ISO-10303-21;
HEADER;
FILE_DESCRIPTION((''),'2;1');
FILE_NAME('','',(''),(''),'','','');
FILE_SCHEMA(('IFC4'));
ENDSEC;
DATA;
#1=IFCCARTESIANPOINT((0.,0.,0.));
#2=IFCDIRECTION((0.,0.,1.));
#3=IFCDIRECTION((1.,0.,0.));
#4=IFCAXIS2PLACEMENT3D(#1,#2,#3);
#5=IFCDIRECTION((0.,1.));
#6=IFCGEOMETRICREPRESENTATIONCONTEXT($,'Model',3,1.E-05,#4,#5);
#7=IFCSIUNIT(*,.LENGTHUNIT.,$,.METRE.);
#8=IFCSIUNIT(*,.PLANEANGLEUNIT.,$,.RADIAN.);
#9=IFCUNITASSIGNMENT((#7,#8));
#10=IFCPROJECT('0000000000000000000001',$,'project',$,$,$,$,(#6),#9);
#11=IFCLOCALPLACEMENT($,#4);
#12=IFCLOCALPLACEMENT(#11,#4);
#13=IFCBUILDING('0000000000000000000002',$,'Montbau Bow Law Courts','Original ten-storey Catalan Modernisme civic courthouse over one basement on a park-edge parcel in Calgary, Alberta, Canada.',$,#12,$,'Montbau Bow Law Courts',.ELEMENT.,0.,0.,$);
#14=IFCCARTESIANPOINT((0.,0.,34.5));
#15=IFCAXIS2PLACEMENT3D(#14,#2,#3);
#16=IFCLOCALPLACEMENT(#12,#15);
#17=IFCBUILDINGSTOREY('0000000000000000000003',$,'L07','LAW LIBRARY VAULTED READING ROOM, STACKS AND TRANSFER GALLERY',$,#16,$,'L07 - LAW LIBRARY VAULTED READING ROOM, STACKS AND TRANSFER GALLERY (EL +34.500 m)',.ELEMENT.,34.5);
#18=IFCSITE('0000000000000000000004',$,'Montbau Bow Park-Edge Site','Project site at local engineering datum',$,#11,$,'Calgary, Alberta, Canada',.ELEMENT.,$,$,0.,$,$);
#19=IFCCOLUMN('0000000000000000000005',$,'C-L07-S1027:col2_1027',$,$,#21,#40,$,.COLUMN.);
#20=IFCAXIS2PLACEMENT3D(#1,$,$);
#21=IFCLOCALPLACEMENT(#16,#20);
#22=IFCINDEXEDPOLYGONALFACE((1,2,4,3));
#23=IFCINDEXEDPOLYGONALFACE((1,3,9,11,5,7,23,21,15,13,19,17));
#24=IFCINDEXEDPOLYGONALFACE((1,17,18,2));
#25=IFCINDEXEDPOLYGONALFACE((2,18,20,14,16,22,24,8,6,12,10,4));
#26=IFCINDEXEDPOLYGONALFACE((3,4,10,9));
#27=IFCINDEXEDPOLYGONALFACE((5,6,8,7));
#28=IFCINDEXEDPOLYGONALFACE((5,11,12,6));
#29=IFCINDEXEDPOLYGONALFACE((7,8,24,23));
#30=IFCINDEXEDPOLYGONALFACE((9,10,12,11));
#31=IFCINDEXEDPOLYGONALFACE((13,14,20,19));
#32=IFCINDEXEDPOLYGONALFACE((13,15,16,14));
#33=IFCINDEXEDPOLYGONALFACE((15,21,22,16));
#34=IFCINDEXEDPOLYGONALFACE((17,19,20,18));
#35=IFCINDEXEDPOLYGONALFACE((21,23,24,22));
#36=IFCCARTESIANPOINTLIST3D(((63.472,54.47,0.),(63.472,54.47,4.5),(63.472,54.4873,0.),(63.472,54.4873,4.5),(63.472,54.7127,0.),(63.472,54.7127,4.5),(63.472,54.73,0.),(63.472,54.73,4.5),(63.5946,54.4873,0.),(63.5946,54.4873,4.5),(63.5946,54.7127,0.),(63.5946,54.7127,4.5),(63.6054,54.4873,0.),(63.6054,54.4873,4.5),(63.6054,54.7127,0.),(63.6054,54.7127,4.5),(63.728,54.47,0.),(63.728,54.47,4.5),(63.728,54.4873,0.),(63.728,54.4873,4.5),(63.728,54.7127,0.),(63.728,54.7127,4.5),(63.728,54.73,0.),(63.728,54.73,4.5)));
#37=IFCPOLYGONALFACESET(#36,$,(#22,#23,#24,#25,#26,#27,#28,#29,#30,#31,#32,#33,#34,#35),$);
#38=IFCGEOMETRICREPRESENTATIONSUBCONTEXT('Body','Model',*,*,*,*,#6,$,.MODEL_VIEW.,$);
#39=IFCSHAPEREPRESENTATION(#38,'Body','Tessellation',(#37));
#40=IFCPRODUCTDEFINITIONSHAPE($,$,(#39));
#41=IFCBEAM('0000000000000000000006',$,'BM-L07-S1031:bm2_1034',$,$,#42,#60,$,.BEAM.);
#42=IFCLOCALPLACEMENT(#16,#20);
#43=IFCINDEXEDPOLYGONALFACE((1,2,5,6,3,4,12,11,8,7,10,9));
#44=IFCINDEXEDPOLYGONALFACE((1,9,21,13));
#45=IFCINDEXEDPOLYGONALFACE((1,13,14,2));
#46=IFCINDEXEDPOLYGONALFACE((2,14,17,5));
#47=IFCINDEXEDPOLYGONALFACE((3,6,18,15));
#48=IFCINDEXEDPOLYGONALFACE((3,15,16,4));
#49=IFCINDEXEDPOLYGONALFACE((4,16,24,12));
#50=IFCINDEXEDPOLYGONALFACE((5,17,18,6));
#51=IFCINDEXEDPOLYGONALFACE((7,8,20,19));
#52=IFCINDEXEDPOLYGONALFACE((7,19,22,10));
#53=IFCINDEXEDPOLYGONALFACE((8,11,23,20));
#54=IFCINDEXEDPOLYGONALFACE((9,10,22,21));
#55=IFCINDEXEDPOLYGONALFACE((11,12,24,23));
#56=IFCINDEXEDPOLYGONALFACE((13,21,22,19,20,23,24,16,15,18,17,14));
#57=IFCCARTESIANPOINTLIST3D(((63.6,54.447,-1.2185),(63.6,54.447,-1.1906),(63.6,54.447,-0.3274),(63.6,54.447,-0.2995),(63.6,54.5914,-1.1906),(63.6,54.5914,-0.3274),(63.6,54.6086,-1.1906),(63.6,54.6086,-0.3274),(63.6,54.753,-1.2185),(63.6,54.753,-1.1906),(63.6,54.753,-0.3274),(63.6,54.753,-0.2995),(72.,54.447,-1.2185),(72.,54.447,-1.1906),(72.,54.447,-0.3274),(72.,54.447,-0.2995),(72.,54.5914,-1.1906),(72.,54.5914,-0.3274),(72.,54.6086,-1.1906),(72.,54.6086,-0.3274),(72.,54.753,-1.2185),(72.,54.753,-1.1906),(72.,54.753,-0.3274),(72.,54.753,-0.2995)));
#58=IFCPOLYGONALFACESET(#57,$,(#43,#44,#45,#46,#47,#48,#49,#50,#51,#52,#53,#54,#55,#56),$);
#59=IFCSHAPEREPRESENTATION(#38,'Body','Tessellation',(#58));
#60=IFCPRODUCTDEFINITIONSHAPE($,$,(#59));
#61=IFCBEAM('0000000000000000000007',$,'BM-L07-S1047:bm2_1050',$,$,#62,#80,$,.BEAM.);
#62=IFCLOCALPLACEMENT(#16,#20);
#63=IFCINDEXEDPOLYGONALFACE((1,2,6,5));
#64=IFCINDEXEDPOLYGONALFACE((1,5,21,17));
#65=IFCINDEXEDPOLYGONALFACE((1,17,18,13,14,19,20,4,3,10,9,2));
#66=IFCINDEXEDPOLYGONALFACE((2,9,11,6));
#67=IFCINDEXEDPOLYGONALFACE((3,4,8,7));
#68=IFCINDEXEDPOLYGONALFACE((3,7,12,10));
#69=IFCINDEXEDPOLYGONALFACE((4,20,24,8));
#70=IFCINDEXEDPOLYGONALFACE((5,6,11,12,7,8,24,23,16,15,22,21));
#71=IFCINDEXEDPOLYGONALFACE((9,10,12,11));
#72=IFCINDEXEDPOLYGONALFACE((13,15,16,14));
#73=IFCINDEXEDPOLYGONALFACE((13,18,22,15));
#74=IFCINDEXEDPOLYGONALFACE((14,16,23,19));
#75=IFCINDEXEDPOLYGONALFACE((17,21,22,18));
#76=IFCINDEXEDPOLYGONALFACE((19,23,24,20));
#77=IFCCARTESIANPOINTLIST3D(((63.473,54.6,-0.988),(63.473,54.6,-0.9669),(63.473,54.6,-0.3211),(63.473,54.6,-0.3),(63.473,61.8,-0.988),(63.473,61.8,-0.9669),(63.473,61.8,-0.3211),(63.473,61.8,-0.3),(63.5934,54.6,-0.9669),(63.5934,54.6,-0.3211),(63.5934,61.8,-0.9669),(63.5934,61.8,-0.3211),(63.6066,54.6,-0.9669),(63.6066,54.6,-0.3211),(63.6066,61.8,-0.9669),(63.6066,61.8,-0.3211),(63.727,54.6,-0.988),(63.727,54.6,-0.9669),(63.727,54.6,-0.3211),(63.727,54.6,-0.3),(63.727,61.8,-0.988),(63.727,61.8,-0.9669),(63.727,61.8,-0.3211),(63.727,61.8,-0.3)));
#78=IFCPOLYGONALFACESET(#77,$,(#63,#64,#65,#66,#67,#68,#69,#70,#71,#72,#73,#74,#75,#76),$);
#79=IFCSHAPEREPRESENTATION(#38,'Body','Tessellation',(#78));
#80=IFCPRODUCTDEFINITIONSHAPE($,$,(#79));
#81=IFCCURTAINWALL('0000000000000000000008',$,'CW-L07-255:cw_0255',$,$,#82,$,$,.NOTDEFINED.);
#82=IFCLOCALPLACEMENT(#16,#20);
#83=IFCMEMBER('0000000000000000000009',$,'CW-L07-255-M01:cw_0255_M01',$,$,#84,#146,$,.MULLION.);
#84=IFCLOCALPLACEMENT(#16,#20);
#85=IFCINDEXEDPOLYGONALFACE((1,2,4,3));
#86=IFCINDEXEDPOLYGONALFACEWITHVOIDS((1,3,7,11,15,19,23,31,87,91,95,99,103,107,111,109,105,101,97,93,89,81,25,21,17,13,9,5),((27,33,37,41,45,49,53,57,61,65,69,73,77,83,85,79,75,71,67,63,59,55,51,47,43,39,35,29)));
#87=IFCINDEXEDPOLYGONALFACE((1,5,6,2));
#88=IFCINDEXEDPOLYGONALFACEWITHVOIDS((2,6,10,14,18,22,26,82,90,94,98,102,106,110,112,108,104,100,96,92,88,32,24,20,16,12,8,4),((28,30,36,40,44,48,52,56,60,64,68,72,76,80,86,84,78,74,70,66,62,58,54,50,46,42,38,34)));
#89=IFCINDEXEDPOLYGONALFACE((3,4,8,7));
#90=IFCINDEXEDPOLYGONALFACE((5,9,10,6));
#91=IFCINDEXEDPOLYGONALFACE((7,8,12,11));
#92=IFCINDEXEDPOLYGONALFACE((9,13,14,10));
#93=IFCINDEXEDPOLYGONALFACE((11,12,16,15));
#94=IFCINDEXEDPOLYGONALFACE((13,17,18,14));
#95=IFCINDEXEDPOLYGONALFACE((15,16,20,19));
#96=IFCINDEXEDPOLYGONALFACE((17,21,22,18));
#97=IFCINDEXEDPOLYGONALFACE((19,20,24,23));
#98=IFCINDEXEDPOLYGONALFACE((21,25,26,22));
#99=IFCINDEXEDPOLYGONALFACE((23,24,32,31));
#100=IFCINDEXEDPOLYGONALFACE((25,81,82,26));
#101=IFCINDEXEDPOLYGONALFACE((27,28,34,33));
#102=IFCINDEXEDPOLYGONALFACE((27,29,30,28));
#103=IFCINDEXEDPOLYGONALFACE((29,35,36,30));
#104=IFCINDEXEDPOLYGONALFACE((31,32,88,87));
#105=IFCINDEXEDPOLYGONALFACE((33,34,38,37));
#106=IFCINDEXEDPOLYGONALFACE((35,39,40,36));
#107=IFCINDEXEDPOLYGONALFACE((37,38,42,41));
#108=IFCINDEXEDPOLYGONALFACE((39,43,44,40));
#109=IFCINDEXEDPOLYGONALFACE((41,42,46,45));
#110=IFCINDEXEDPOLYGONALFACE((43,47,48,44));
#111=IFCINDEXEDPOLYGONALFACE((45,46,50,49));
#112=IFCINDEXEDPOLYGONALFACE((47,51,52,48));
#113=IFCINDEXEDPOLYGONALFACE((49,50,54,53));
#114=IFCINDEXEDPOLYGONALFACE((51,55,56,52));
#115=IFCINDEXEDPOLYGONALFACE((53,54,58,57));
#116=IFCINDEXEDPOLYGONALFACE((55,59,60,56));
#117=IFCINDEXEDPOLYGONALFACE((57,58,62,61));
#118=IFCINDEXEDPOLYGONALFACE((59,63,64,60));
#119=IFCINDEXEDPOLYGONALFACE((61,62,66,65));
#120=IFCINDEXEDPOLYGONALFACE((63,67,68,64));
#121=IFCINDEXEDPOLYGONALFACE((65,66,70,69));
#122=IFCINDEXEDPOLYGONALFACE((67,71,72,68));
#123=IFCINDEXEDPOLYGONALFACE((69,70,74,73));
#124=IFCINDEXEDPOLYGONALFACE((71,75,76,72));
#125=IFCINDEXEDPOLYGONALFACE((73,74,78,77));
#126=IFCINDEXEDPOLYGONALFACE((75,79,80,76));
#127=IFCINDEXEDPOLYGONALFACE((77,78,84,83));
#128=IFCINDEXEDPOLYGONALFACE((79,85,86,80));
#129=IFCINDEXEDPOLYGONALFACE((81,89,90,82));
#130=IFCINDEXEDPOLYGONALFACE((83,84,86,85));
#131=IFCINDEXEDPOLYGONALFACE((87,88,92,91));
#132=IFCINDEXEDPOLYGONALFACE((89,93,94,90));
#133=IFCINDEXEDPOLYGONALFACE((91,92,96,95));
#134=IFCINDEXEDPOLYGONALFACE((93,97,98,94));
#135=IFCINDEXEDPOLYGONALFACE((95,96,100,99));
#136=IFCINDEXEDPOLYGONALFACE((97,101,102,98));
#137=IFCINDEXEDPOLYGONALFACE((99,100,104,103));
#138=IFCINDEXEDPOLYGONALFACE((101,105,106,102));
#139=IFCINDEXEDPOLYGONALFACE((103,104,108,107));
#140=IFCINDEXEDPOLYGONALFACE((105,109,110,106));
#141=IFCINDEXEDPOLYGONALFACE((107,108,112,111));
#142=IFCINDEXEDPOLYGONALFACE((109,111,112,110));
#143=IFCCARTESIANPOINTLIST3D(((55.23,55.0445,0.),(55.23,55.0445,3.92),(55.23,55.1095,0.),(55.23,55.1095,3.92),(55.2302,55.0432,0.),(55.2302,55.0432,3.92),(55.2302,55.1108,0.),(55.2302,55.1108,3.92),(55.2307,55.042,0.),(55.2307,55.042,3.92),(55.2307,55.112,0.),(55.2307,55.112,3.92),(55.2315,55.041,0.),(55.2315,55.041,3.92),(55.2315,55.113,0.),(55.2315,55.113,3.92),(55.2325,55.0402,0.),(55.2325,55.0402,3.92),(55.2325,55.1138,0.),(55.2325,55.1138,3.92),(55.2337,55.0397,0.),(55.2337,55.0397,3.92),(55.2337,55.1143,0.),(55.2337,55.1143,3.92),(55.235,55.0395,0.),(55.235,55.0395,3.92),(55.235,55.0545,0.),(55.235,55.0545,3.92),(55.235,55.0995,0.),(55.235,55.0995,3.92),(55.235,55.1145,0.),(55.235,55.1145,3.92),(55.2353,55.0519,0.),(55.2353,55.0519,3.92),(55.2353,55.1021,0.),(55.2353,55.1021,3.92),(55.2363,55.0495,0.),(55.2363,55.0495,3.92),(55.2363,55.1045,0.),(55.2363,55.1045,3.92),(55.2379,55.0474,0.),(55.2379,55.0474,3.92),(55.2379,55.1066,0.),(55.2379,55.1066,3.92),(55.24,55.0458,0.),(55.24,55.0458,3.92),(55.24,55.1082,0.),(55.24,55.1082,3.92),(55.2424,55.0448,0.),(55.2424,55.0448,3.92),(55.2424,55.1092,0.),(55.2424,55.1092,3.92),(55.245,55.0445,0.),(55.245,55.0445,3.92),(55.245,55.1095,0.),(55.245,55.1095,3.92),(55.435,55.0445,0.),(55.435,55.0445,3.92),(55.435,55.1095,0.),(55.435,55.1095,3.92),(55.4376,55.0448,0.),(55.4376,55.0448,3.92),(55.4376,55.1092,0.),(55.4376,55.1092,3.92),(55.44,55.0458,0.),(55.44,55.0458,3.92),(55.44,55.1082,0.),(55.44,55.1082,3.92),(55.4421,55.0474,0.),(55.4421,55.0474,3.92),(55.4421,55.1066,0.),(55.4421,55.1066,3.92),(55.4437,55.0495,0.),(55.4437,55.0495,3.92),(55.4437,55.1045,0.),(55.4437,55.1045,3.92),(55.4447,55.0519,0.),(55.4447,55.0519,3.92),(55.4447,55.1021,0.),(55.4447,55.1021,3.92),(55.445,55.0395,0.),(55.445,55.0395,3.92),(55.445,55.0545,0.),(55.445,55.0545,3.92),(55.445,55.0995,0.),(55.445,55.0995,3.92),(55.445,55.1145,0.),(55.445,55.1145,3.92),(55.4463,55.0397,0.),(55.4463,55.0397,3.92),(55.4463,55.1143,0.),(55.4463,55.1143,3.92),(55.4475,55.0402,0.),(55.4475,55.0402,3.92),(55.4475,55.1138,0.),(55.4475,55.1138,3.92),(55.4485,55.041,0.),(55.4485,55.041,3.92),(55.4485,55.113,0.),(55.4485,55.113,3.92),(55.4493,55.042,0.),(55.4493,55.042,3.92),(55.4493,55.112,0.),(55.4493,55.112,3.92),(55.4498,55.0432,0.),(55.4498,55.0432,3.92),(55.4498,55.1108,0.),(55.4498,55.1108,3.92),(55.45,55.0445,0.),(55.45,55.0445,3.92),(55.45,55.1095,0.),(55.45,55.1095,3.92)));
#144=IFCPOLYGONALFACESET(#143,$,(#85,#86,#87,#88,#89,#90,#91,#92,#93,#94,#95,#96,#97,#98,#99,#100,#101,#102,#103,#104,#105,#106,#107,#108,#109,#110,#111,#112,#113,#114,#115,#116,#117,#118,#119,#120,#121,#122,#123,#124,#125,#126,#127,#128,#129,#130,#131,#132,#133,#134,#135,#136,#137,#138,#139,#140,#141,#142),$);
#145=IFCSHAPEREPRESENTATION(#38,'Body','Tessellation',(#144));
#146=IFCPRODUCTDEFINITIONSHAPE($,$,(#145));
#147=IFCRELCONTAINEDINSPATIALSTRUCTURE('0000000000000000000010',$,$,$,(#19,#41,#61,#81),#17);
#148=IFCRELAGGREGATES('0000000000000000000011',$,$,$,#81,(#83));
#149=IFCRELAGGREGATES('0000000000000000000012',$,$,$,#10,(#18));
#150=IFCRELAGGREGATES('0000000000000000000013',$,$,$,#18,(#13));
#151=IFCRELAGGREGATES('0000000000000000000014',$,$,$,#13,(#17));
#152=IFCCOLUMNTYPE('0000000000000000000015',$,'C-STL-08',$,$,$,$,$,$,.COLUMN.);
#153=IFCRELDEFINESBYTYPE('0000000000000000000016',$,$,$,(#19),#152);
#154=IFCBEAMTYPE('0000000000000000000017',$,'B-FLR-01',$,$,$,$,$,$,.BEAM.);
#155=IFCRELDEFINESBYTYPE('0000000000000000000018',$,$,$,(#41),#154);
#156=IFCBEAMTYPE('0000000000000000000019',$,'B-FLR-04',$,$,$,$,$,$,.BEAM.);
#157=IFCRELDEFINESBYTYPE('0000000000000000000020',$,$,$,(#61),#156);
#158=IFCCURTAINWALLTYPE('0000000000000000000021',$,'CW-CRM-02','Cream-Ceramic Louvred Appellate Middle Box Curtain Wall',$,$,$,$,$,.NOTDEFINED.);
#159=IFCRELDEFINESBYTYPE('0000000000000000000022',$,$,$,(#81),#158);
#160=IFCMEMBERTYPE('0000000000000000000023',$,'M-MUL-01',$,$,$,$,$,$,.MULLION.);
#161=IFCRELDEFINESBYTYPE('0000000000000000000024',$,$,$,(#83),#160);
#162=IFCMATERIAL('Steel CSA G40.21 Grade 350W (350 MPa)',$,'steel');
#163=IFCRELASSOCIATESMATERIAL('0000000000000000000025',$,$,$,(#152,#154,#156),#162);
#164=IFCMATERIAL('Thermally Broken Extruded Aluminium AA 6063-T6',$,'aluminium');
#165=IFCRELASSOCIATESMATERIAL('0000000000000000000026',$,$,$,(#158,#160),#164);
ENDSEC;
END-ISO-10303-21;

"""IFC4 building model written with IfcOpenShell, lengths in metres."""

from ifc_helpers import new_model, si_unit, direction, frame, origin_with_axes, origin_2d_with_axis, place, context, subcontext, project, spatial, hollow_rectangle, i_section, extrude, material, material_profile, profile_set, type_object, element, aggregate, save


model = new_model("IFC4")

# Units and contexts
model_context = context("Model", 3, precision=1e-05, world=origin_with_axes(), true_north=direction((0.0, 1.0)))
body_context = subcontext(model_context, "Body", "Model", "MODEL_VIEW")
ifc_project = project(units=[si_unit("LENGTHUNIT", "METRE"), si_unit("PLANEANGLEUNIT", "RADIAN")], contexts=[model_context])

# Site, building, storey
site_placement = place(None, origin_with_axes())
site = spatial("IfcSite", under=ifc_project, at=site_placement, Name="Montbau Bow Park-Edge Site", Description="Project site at local engineering datum", LongName="Calgary, Alberta, Canada", CompositionType="ELEMENT", RefElevation=0.0)
building_placement = place(site_placement, origin_with_axes())
building = spatial("IfcBuilding", under=site, at=building_placement, Name="Montbau Bow Law Courts", Description="Original ten-storey Catalan Modernisme civic courthouse over one basement on a park-edge parcel in Calgary, Alberta, Canada.", LongName="Montbau Bow Law Courts", CompositionType="ELEMENT", ElevationOfRefHeight=0.0, ElevationOfTerrain=0.0)
storey_placement = place(building_placement, frame((0.0, 0.0, 34.5), z_axis=(0.0, 0.0, 1.0), x_axis=(1.0, 0.0, 0.0)))
storey = spatial("IfcBuildingStorey", under=building, at=storey_placement, Name="L07", Description="LAW LIBRARY VAULTED READING ROOM, STACKS AND TRANSFER GALLERY", LongName="L07 - LAW LIBRARY VAULTED READING ROOM, STACKS AND TRANSFER GALLERY (EL +34.500 m)", CompositionType="ELEMENT", Elevation=34.5)

# Column
ifc_material_1 = material(Name="Steel CSA G40.21 Grade 350W (350 MPa)", Category="steel")
ifc_material_profile_1 = material_profile(ifc_material_1, i_section(OverallWidth=0.256, OverallDepth=0.26, WebThickness=0.0107, FlangeThickness=0.0173, at=origin_2d_with_axis()), Name="W250X89", Category="Main", Priority=0)
ifc_profile_set_1 = profile_set([ifc_material_profile_1], Name="Steel CSA G40.21 Grade 350W (350 MPa)")
column_type = type_object("IfcColumnType", Name="C-STL-08", PredefinedType="COLUMN", material=ifc_profile_set_1)
column_placement = place(None, frame((63.6, 54.6, 34.5), z_axis=(0.0, 0.0, 1.0), x_axis=(1.0, 0.0, 0.0)))
element("IfcColumn", 1, at=column_placement, inside=storey, type_object=column_type, Name="C-L07-S1027:col2_1027", PredefinedType="COLUMN", context=body_context, shape_type="SweptSolid", body=[
    extrude(i_section(OverallWidth=0.256, OverallDepth=0.26, WebThickness=0.0107, FlangeThickness=0.0173, at=origin_2d_with_axis()), origin_with_axes(), (0.0, 0.0, 1.0), 4.5),
])

# Beams
ifc_material_profile_2 = material_profile(ifc_material_1, i_section(OverallWidth=0.306, OverallDepth=0.919, WebThickness=0.0173, FlangeThickness=0.0279, at=origin_2d_with_axis()), Name="W920X253", Category="Main", Priority=0)
ifc_profile_set_2 = profile_set([ifc_material_profile_2], Name="Steel CSA G40.21 Grade 350W (350 MPa)")
beam_type_1 = type_object("IfcBeamType", Name="B-FLR-01", PredefinedType="BEAM", material=ifc_profile_set_2)
beam_1_placement = place(None, frame((63.6, 54.6, 33.741), z_axis=(1.0, 0.0, 0.0), x_axis=(0.0, 1.0, 0.0)))
element("IfcBeam", 2, at=beam_1_placement, inside=storey, type_object=beam_type_1, Name="BM-L07-S1031:bm2_1034", PredefinedType="BEAM", context=body_context, shape_type="SweptSolid", body=[
    extrude(i_section(OverallWidth=0.306, OverallDepth=0.919, WebThickness=0.0173, FlangeThickness=0.0279, at=origin_2d_with_axis()), origin_with_axes(), (0.0, 0.0, 1.0), 8.4),
])
ifc_material_profile_3 = material_profile(ifc_material_1, i_section(OverallWidth=0.254, OverallDepth=0.688, WebThickness=0.0131, FlangeThickness=0.0211, at=origin_2d_with_axis()), Name="W690X152", Category="Main", Priority=0)
ifc_profile_set_3 = profile_set([ifc_material_profile_3], Name="Steel CSA G40.21 Grade 350W (350 MPa)")
beam_type_2 = type_object("IfcBeamType", Name="B-FLR-04", PredefinedType="BEAM", material=ifc_profile_set_3)
beam_2_placement = place(None, frame((63.6, 54.6, 33.856), z_axis=(0.0, 1.0, 0.0), x_axis=(-1.0, 0.0, 0.0)))
element("IfcBeam", 3, at=beam_2_placement, inside=storey, type_object=beam_type_2, Name="BM-L07-S1047:bm2_1050", PredefinedType="BEAM", context=body_context, shape_type="SweptSolid", body=[
    extrude(i_section(OverallWidth=0.254, OverallDepth=0.688, WebThickness=0.0131, FlangeThickness=0.0211, at=origin_2d_with_axis()), origin_with_axes(), (0.0, 0.0, 1.0), 7.2),
])

# Curtain wall, member
ifc_material_2 = material(Name="Thermally Broken Extruded Aluminium AA 6063-T6", Category="aluminium")
curtain_wall_type = type_object("IfcCurtainWallType", Name="CW-CRM-02", Description="Cream-Ceramic Louvred Appellate Middle Box Curtain Wall", PredefinedType="NOTDEFINED", material=ifc_material_2)
curtain_wall_1_placement = place(None, frame((55.34, 55.04, 34.5), z_axis=(0.0, 0.0, 1.0), x_axis=(1.0, 0.0, 0.0)))
curtain_wall_1 = element("IfcCurtainWall", 4, at=curtain_wall_1_placement, inside=storey, type_object=curtain_wall_type, Name="CW-L07-255:cw_0255", PredefinedType="NOTDEFINED")
ifc_material_profile_4 = material_profile(ifc_material_2, hollow_rectangle(XDim=0.075, YDim=0.22, WallThickness=0.005, InnerFilletRadius=0.01, OuterFilletRadius=0.005, at=origin_2d_with_axis()), Name="CWM-220X75", Category="Main", Priority=0)
ifc_profile_set_4 = profile_set([ifc_material_profile_4], Name="Thermally Broken Extruded Aluminium AA 6063-T6")
member_type_1 = type_object("IfcMemberType", Name="M-MUL-01", PredefinedType="MULLION", material=ifc_profile_set_4)
member_1_placement = place(None, frame((55.34, 55.077, 34.5), z_axis=(0.0, 0.0, 1.0), x_axis=(0.0, 1.0, 0.0)))
member_1 = element("IfcMember", 5, at=member_1_placement, type_object=member_type_1, Name="CW-L07-255-M01:cw_0255_M01", PredefinedType="MULLION", context=body_context, shape_type="SweptSolid", body=[
    extrude(hollow_rectangle(XDim=0.075, YDim=0.22, WallThickness=0.005, InnerFilletRadius=0.01, OuterFilletRadius=0.005, at=origin_2d_with_axis()), origin_with_axes(), (0.0, 0.0, 1.0), 3.92),
])

aggregate(curtain_wall_1, [member_1])

save(model, "model.ifc")
